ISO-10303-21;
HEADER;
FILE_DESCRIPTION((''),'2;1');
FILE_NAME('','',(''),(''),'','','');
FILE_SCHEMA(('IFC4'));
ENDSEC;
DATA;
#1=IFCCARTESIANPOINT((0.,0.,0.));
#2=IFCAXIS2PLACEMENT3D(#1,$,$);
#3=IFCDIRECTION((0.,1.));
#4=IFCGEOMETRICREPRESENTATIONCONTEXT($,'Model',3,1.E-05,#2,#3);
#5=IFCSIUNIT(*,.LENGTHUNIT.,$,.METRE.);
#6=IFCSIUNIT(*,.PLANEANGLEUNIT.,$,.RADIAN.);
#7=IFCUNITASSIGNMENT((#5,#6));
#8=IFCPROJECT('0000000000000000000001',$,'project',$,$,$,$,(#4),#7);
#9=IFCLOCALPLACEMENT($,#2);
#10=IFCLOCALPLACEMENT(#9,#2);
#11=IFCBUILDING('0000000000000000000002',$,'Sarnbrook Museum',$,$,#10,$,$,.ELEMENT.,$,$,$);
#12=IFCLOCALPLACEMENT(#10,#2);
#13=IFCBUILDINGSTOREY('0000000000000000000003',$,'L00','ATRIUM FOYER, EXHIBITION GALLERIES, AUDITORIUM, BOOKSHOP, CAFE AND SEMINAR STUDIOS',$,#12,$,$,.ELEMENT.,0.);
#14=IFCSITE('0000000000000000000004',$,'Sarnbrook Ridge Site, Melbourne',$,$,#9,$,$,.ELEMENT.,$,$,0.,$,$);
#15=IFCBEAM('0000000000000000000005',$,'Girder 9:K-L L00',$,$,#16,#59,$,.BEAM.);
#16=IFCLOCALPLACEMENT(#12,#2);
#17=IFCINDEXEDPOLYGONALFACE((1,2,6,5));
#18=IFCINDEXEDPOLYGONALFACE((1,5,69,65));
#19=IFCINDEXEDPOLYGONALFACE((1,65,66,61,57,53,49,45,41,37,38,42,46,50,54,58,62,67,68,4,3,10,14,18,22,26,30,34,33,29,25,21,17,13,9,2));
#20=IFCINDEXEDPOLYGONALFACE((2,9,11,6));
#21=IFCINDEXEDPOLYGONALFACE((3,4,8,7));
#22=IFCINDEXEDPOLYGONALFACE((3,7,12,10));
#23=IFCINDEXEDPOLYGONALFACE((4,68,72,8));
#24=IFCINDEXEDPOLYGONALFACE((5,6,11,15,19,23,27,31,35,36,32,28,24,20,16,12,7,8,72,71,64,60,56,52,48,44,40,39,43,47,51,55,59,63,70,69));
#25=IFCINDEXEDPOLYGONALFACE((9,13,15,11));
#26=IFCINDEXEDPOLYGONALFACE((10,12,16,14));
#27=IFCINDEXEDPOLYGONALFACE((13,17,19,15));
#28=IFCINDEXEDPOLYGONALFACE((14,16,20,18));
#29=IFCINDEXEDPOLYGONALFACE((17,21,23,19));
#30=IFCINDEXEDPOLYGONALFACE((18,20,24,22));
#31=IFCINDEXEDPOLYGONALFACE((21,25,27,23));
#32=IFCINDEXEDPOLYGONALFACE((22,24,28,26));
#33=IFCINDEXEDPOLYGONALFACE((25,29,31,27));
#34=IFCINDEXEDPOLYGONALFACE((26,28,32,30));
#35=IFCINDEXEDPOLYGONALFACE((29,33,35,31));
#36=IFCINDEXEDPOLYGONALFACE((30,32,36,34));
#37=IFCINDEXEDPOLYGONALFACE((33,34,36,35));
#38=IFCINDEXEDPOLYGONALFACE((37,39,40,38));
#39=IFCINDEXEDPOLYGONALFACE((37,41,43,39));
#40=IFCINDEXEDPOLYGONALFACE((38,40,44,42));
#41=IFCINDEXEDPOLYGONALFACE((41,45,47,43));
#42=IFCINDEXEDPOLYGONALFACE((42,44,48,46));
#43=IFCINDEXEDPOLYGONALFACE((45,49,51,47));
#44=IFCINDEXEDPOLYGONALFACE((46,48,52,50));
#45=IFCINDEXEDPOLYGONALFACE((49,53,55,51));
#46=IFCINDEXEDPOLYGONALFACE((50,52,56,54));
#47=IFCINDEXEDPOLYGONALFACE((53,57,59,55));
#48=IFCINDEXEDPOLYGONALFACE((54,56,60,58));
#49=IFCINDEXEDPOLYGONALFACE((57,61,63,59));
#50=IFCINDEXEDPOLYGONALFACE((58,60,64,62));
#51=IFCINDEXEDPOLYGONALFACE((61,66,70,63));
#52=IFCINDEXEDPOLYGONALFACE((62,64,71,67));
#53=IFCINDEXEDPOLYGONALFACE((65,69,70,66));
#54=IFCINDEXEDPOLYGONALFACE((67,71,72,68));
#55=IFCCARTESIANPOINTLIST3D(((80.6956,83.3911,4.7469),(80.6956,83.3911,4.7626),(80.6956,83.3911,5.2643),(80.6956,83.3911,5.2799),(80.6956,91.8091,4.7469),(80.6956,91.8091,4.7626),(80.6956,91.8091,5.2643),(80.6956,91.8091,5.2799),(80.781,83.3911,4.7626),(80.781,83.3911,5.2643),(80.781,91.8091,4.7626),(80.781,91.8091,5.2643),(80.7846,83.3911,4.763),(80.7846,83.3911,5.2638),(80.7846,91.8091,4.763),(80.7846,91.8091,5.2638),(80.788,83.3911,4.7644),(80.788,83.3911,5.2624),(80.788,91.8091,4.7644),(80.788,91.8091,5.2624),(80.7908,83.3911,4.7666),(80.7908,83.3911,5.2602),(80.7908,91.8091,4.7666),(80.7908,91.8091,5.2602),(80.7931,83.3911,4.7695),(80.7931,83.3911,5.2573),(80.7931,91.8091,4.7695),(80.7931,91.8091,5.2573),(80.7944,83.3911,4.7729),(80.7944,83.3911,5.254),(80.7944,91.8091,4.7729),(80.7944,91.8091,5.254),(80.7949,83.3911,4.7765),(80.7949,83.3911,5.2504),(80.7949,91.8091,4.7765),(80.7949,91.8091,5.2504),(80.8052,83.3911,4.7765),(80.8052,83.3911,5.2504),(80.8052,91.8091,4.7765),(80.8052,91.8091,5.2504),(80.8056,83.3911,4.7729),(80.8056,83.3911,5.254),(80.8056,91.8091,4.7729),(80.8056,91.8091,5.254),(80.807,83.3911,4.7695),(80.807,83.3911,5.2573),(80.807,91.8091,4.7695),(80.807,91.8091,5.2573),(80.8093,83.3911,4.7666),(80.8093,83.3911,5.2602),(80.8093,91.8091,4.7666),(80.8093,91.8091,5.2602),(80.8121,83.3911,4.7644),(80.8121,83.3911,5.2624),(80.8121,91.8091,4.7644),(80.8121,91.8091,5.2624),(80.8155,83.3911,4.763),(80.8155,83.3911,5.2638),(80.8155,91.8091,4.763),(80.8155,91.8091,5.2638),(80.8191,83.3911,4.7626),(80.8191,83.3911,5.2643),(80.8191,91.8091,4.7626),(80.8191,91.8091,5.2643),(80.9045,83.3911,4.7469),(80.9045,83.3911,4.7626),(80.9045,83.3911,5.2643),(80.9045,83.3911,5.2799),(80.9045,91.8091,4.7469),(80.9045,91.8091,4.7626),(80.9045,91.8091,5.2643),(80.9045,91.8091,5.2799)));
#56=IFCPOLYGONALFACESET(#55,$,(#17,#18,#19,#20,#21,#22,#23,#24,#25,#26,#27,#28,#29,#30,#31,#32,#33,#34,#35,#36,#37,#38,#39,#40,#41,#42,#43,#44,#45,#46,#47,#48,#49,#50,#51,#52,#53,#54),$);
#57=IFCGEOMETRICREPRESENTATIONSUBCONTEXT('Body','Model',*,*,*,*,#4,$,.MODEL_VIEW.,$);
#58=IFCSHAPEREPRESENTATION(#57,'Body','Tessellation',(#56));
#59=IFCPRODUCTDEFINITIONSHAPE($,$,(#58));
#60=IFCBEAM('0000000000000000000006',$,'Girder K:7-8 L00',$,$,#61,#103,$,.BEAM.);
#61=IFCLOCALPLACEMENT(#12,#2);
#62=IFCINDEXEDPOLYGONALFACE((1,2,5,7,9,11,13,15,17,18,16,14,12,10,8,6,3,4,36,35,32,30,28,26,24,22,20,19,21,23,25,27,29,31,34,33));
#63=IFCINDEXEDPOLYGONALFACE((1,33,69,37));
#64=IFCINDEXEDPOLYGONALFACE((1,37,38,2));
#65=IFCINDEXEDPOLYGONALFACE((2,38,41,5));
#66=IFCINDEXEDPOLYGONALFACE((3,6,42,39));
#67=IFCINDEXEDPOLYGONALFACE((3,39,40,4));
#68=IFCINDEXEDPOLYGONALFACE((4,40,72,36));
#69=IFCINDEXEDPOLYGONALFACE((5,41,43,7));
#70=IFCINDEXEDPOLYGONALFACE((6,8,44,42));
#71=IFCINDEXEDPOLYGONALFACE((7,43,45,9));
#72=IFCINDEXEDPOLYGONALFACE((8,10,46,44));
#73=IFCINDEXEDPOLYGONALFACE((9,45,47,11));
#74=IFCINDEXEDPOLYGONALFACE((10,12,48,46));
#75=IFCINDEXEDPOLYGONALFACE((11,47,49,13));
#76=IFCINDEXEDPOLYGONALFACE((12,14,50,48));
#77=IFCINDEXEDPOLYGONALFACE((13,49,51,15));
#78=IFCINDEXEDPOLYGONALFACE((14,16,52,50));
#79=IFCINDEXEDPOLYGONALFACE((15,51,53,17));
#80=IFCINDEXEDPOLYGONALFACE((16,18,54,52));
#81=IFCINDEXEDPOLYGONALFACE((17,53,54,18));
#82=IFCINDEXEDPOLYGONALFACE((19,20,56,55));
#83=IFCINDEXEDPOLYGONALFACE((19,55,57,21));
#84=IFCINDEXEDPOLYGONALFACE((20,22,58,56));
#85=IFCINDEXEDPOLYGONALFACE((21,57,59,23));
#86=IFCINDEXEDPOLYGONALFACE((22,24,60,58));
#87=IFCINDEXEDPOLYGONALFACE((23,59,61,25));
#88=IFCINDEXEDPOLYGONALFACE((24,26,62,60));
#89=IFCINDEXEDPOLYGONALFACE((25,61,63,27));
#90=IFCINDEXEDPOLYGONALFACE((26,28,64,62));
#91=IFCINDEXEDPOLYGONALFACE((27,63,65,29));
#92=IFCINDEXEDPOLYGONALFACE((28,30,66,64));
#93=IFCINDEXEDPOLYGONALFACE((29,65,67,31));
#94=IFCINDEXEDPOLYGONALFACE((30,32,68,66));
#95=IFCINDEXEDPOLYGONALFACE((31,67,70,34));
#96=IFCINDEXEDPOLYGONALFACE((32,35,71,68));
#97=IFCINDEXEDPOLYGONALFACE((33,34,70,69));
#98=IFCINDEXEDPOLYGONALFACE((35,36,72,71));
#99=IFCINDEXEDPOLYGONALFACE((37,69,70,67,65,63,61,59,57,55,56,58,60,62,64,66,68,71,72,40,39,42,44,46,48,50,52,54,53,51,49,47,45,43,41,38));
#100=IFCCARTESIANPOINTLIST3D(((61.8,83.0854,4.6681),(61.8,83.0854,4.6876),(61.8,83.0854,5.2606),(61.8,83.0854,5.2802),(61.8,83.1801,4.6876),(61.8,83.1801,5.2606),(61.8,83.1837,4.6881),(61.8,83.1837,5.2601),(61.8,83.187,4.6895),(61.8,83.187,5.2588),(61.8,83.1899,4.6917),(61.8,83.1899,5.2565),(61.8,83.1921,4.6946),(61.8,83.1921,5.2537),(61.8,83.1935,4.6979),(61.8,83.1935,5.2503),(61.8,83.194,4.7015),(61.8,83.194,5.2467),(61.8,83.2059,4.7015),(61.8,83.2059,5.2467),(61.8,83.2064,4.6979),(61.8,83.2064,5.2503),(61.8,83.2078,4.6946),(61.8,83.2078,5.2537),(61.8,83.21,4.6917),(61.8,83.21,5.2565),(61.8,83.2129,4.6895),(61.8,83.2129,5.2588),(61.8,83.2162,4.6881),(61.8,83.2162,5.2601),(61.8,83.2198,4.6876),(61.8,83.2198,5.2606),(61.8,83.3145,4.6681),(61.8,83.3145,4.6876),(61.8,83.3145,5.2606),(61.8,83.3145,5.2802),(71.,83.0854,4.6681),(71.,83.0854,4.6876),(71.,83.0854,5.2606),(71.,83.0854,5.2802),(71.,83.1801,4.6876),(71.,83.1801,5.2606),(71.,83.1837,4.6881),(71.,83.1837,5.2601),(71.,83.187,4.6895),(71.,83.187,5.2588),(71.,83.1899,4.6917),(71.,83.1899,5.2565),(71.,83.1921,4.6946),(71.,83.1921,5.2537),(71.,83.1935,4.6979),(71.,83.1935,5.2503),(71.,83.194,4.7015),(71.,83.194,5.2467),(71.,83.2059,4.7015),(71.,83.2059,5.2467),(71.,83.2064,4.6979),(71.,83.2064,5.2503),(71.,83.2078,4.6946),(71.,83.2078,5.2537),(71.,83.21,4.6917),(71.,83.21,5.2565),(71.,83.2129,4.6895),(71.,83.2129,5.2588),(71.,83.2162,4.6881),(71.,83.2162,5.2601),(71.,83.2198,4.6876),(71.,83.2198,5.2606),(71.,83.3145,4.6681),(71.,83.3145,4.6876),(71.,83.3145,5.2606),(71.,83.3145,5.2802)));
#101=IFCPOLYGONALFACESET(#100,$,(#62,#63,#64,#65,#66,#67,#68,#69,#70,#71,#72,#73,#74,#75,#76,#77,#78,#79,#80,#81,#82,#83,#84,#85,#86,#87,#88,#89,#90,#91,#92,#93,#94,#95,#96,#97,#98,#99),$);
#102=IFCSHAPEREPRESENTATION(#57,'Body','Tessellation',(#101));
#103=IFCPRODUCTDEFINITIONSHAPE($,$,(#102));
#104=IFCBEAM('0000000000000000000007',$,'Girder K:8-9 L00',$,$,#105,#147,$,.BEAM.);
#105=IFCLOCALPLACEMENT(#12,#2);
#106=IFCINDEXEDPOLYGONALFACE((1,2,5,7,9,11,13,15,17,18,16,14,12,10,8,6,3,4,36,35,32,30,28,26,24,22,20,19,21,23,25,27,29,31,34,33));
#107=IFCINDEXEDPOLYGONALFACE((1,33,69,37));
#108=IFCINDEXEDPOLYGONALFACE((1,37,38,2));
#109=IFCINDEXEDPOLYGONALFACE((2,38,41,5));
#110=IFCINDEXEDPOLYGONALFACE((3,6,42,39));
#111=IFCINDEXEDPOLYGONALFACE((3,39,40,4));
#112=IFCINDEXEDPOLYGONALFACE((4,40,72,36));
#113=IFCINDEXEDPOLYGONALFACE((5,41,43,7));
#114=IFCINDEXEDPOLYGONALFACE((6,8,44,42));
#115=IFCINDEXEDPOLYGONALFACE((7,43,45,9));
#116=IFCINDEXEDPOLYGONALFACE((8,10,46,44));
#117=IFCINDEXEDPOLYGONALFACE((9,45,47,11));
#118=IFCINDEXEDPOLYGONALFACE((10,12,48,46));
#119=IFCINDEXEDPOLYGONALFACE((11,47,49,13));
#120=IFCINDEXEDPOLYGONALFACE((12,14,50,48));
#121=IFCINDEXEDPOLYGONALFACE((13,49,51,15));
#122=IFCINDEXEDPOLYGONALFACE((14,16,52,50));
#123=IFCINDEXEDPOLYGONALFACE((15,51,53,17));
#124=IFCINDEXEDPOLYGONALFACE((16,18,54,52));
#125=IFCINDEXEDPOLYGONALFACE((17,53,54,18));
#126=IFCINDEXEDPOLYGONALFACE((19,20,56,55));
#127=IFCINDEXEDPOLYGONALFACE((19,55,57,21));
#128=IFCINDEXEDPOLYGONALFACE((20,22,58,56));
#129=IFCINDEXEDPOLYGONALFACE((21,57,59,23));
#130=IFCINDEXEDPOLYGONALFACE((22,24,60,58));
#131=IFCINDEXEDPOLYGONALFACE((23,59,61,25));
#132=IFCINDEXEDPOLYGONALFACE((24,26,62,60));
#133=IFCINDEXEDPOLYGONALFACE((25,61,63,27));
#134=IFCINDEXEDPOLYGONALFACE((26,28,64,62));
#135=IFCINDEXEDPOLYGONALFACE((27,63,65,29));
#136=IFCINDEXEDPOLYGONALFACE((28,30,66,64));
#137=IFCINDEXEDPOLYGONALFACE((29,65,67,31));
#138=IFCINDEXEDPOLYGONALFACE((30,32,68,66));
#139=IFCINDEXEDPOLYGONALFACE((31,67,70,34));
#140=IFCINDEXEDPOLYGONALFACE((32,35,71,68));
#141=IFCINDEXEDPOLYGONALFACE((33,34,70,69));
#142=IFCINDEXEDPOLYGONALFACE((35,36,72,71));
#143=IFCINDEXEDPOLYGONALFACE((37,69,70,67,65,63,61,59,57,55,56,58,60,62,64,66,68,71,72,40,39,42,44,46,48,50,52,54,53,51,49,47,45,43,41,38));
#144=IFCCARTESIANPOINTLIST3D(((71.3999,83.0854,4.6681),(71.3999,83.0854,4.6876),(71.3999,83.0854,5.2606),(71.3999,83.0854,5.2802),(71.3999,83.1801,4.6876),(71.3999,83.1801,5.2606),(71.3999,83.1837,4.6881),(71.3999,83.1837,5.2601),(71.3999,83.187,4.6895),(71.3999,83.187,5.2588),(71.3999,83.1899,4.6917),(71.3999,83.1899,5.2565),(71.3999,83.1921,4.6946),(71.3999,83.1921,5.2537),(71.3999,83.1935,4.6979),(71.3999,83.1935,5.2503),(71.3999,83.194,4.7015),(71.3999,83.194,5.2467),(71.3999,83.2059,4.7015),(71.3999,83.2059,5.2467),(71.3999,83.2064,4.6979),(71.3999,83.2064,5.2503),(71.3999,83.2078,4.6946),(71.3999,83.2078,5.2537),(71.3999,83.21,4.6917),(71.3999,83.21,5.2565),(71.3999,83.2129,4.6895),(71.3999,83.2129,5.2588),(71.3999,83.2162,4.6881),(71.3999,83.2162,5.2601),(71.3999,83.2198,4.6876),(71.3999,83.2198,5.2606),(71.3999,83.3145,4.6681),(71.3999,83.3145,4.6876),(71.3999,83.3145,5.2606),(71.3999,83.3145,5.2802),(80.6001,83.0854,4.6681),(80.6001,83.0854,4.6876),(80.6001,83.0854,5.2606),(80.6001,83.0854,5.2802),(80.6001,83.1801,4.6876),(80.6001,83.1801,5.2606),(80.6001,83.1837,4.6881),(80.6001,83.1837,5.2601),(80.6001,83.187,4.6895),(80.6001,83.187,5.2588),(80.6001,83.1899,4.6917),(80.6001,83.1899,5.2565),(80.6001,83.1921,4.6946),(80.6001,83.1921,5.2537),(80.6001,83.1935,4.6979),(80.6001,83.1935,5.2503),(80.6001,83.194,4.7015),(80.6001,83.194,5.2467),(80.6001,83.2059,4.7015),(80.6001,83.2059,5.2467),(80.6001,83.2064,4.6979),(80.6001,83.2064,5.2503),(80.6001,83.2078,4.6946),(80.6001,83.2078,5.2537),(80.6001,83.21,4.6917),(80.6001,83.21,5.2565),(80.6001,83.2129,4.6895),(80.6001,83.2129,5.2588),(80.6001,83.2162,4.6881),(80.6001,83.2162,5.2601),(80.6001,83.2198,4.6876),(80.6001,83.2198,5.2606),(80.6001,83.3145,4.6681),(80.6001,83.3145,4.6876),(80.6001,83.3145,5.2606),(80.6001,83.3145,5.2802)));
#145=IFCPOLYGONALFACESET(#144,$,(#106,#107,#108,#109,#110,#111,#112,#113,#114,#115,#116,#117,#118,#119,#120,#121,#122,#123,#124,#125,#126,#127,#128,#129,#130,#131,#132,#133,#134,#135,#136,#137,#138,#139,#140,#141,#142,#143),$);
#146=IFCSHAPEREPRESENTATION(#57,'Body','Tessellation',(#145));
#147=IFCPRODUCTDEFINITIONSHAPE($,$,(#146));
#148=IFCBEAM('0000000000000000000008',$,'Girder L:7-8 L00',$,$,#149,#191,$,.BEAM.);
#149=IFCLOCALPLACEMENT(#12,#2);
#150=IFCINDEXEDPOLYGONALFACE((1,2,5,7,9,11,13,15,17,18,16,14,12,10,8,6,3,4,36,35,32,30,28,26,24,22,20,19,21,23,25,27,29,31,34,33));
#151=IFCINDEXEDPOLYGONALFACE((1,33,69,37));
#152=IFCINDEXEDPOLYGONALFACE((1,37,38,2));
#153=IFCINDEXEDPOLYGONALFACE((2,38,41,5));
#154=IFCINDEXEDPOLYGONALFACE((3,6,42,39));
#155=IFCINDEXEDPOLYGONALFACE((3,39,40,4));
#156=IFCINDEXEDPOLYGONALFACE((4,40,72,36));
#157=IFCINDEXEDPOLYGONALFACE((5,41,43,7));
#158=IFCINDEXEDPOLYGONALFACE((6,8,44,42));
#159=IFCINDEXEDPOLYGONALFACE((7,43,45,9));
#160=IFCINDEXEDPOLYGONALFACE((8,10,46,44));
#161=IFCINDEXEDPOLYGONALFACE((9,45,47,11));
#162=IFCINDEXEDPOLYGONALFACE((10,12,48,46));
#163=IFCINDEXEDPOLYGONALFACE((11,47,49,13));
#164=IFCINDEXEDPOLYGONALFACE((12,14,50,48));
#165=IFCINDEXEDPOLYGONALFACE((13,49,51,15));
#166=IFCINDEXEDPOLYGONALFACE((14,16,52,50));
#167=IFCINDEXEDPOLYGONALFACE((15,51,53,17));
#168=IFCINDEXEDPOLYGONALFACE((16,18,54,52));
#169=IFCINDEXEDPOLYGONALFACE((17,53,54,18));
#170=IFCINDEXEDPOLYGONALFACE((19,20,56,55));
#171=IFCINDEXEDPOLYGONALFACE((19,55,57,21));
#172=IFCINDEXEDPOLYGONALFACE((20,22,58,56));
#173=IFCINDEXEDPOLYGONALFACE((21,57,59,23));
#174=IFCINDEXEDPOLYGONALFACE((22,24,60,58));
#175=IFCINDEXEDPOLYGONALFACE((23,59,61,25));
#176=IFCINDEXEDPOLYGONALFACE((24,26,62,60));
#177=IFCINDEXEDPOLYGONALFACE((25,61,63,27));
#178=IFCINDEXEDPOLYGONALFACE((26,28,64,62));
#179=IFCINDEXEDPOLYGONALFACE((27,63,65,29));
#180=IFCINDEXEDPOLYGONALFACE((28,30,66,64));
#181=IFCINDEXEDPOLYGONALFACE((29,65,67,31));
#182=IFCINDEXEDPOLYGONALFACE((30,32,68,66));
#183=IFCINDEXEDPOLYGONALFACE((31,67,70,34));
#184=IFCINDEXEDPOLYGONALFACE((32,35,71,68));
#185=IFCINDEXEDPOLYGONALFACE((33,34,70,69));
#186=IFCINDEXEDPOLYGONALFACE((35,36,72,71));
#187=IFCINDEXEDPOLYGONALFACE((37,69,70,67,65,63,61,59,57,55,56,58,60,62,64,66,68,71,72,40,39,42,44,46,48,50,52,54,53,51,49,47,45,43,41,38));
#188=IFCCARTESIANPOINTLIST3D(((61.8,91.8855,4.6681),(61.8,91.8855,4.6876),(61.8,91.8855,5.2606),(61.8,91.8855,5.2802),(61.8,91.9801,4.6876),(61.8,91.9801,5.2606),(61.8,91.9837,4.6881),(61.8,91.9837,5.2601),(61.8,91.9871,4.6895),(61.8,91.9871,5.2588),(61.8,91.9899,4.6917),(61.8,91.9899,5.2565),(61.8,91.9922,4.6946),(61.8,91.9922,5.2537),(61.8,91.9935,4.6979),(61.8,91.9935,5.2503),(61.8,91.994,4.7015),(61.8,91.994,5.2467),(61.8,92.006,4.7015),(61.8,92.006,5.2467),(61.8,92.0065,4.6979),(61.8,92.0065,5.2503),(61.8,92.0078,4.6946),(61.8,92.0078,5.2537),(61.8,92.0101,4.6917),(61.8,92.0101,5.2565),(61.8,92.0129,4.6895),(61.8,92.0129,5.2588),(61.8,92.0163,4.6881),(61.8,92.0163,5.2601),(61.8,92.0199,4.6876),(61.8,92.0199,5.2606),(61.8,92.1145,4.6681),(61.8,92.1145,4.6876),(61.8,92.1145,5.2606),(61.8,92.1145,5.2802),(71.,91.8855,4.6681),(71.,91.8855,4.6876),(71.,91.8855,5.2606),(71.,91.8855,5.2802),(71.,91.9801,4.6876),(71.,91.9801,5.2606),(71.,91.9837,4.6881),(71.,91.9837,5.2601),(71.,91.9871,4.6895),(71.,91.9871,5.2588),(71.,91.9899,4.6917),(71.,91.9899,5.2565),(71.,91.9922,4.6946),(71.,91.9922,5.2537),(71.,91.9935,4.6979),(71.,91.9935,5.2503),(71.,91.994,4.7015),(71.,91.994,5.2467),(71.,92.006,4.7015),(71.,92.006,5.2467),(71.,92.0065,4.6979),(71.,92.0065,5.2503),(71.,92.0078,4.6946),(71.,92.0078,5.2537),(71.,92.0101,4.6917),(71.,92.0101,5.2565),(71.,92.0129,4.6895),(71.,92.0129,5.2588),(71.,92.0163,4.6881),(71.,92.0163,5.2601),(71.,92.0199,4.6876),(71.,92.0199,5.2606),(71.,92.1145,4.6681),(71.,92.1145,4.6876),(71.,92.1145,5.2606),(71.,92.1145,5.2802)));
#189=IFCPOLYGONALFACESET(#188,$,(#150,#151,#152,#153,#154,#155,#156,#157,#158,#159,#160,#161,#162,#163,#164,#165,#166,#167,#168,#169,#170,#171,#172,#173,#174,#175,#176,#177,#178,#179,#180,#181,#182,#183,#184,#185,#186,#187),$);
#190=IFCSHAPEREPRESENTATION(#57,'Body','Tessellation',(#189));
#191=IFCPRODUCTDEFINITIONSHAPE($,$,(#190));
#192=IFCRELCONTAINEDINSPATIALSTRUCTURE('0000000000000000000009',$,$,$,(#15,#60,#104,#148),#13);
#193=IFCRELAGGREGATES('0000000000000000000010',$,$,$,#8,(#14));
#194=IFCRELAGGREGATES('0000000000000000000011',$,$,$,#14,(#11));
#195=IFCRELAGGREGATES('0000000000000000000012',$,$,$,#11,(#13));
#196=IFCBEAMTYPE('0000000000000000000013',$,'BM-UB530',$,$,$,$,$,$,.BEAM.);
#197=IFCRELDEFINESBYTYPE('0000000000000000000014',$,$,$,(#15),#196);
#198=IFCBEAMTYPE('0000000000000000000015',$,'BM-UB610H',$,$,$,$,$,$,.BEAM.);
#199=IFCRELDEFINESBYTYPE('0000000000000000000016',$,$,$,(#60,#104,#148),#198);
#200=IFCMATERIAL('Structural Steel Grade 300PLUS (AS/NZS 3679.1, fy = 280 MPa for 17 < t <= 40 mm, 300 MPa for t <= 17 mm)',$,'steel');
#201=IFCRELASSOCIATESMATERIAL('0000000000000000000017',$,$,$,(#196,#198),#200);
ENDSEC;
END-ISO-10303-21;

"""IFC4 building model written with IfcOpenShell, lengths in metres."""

from ifc_helpers import new_model, si_unit, direction, frame, origin, origin_2d, place, context, subcontext, project, spatial, i_section, extrude, material, material_profile, profile_set, type_object, element, save


model = new_model("IFC4")

# Units and contexts
model_context = context("Model", 3, precision=1e-05, world=origin(), true_north=direction((0.0, 1.0)))
body_context = subcontext(model_context, "Body", "Model", "MODEL_VIEW")
ifc_project = project(units=[si_unit("LENGTHUNIT", "METRE"), si_unit("PLANEANGLEUNIT", "RADIAN")], contexts=[model_context])

# Site, building, storey
site_placement = place(None, origin())
site = spatial("IfcSite", under=ifc_project, at=site_placement, Name="Sarnbrook Ridge Site, Melbourne", CompositionType="ELEMENT", RefElevation=0.0)
building_placement = place(site_placement, origin())
building = spatial("IfcBuilding", under=site, at=building_placement, Name="Sarnbrook Museum", CompositionType="ELEMENT")
storey_placement = place(building_placement, origin())
storey = spatial("IfcBuildingStorey", under=building, at=storey_placement, Name="L00", Description="ATRIUM FOYER, EXHIBITION GALLERIES, AUDITORIUM, BOOKSHOP, CAFE AND SEMINAR STUDIOS", CompositionType="ELEMENT", Elevation=0.0)

# Beams
ifc_material_1 = material(Name="Structural Steel Grade 300PLUS (AS/NZS 3679.1, fy = 280 MPa for 17 < t <= 40 mm, 300 MPa for t <= 17 mm)", Category="steel")
ifc_material_profile_1 = material_profile(ifc_material_1, i_section(OverallWidth=0.209, OverallDepth=0.533, WebThickness=0.0103, FlangeThickness=0.0156, FilletRadius=0.0139, at=origin_2d()), Name="530UB92.4")
ifc_profile_set_1 = profile_set([ifc_material_profile_1], Name="Structural Steel Grade 300PLUS (AS/NZS 3679.1, fy = 280 MPa for 17 < t <= 40 mm, 300 MPa for t <= 17 mm)")
beam_type_1 = type_object("IfcBeamType", Name="BM-UB530", PredefinedType="BEAM", material=ifc_profile_set_1)
for number, where, z_axis, x_axis, name in (
    (1, (80.8, 83.3911, 5.0134), (0.0, 1.0, 0.0), (-1.0, 0.0, 0.0), "Girder 9:K-L L00"),
):
    element("IfcBeam", number, at=place(storey_placement, frame(where, z_axis=z_axis, x_axis=x_axis)), inside=storey, type_object=beam_type_1, Name=name, PredefinedType="BEAM", context=body_context, shape_type="SweptSolid", body=[
        extrude(i_section(OverallWidth=0.209, OverallDepth=0.533, WebThickness=0.0103, FlangeThickness=0.0156, FilletRadius=0.0139, at=origin_2d()), origin(), (0.0, 0.0, 1.0), 8.418),
    ])
ifc_material_profile_2 = material_profile(ifc_material_1, i_section(OverallWidth=0.229, OverallDepth=0.6121, WebThickness=0.012, FlangeThickness=0.0195, FilletRadius=0.0139, at=origin_2d()), Name="610UB125")
ifc_profile_set_2 = profile_set([ifc_material_profile_2], Name="Structural Steel Grade 300PLUS (AS/NZS 3679.1, fy = 280 MPa for 17 < t <= 40 mm, 300 MPa for t <= 17 mm)")
beam_type_2 = type_object("IfcBeamType", Name="BM-UB610H", PredefinedType="BEAM", material=ifc_profile_set_2)
beam_1_placement = place(storey_placement, frame((61.8, 83.2, 4.9741), z_axis=(1.0, 0.0, 0.0), x_axis=(0.0, 1.0, 0.0)))
element("IfcBeam", 2, at=beam_1_placement, inside=storey, type_object=beam_type_2, Name="Girder K:7-8 L00", PredefinedType="BEAM", context=body_context, shape_type="SweptSolid", body=[
    extrude(i_section(OverallWidth=0.229, OverallDepth=0.6121, WebThickness=0.012, FlangeThickness=0.0195, FilletRadius=0.0139, at=origin_2d()), origin(), (0.0, 0.0, 1.0), 9.2),
])
beam_2_placement = place(storey_placement, frame((71.3999, 83.2, 4.9741), z_axis=(1.0, 0.0, 0.0), x_axis=(0.0, 1.0, 0.0)))
element("IfcBeam", 3, at=beam_2_placement, inside=storey, type_object=beam_type_2, Name="Girder K:8-9 L00", PredefinedType="BEAM", context=body_context, shape_type="SweptSolid", body=[
    extrude(i_section(OverallWidth=0.229, OverallDepth=0.6121, WebThickness=0.012, FlangeThickness=0.0195, FilletRadius=0.0139, at=origin_2d()), origin(), (0.0, 0.0, 1.0), 9.2002),
])
beam_3_placement = place(storey_placement, frame((61.8, 92.0, 4.9741), z_axis=(1.0, 0.0, 0.0), x_axis=(0.0, 1.0, 0.0)))
element("IfcBeam", 4, at=beam_3_placement, inside=storey, type_object=beam_type_2, Name="Girder L:7-8 L00", PredefinedType="BEAM", context=body_context, shape_type="SweptSolid", body=[
    extrude(i_section(OverallWidth=0.229, OverallDepth=0.6121, WebThickness=0.012, FlangeThickness=0.0195, FilletRadius=0.0139, at=origin_2d()), origin(), (0.0, 0.0, 1.0), 9.2),
])

save(model, "model.ifc")
